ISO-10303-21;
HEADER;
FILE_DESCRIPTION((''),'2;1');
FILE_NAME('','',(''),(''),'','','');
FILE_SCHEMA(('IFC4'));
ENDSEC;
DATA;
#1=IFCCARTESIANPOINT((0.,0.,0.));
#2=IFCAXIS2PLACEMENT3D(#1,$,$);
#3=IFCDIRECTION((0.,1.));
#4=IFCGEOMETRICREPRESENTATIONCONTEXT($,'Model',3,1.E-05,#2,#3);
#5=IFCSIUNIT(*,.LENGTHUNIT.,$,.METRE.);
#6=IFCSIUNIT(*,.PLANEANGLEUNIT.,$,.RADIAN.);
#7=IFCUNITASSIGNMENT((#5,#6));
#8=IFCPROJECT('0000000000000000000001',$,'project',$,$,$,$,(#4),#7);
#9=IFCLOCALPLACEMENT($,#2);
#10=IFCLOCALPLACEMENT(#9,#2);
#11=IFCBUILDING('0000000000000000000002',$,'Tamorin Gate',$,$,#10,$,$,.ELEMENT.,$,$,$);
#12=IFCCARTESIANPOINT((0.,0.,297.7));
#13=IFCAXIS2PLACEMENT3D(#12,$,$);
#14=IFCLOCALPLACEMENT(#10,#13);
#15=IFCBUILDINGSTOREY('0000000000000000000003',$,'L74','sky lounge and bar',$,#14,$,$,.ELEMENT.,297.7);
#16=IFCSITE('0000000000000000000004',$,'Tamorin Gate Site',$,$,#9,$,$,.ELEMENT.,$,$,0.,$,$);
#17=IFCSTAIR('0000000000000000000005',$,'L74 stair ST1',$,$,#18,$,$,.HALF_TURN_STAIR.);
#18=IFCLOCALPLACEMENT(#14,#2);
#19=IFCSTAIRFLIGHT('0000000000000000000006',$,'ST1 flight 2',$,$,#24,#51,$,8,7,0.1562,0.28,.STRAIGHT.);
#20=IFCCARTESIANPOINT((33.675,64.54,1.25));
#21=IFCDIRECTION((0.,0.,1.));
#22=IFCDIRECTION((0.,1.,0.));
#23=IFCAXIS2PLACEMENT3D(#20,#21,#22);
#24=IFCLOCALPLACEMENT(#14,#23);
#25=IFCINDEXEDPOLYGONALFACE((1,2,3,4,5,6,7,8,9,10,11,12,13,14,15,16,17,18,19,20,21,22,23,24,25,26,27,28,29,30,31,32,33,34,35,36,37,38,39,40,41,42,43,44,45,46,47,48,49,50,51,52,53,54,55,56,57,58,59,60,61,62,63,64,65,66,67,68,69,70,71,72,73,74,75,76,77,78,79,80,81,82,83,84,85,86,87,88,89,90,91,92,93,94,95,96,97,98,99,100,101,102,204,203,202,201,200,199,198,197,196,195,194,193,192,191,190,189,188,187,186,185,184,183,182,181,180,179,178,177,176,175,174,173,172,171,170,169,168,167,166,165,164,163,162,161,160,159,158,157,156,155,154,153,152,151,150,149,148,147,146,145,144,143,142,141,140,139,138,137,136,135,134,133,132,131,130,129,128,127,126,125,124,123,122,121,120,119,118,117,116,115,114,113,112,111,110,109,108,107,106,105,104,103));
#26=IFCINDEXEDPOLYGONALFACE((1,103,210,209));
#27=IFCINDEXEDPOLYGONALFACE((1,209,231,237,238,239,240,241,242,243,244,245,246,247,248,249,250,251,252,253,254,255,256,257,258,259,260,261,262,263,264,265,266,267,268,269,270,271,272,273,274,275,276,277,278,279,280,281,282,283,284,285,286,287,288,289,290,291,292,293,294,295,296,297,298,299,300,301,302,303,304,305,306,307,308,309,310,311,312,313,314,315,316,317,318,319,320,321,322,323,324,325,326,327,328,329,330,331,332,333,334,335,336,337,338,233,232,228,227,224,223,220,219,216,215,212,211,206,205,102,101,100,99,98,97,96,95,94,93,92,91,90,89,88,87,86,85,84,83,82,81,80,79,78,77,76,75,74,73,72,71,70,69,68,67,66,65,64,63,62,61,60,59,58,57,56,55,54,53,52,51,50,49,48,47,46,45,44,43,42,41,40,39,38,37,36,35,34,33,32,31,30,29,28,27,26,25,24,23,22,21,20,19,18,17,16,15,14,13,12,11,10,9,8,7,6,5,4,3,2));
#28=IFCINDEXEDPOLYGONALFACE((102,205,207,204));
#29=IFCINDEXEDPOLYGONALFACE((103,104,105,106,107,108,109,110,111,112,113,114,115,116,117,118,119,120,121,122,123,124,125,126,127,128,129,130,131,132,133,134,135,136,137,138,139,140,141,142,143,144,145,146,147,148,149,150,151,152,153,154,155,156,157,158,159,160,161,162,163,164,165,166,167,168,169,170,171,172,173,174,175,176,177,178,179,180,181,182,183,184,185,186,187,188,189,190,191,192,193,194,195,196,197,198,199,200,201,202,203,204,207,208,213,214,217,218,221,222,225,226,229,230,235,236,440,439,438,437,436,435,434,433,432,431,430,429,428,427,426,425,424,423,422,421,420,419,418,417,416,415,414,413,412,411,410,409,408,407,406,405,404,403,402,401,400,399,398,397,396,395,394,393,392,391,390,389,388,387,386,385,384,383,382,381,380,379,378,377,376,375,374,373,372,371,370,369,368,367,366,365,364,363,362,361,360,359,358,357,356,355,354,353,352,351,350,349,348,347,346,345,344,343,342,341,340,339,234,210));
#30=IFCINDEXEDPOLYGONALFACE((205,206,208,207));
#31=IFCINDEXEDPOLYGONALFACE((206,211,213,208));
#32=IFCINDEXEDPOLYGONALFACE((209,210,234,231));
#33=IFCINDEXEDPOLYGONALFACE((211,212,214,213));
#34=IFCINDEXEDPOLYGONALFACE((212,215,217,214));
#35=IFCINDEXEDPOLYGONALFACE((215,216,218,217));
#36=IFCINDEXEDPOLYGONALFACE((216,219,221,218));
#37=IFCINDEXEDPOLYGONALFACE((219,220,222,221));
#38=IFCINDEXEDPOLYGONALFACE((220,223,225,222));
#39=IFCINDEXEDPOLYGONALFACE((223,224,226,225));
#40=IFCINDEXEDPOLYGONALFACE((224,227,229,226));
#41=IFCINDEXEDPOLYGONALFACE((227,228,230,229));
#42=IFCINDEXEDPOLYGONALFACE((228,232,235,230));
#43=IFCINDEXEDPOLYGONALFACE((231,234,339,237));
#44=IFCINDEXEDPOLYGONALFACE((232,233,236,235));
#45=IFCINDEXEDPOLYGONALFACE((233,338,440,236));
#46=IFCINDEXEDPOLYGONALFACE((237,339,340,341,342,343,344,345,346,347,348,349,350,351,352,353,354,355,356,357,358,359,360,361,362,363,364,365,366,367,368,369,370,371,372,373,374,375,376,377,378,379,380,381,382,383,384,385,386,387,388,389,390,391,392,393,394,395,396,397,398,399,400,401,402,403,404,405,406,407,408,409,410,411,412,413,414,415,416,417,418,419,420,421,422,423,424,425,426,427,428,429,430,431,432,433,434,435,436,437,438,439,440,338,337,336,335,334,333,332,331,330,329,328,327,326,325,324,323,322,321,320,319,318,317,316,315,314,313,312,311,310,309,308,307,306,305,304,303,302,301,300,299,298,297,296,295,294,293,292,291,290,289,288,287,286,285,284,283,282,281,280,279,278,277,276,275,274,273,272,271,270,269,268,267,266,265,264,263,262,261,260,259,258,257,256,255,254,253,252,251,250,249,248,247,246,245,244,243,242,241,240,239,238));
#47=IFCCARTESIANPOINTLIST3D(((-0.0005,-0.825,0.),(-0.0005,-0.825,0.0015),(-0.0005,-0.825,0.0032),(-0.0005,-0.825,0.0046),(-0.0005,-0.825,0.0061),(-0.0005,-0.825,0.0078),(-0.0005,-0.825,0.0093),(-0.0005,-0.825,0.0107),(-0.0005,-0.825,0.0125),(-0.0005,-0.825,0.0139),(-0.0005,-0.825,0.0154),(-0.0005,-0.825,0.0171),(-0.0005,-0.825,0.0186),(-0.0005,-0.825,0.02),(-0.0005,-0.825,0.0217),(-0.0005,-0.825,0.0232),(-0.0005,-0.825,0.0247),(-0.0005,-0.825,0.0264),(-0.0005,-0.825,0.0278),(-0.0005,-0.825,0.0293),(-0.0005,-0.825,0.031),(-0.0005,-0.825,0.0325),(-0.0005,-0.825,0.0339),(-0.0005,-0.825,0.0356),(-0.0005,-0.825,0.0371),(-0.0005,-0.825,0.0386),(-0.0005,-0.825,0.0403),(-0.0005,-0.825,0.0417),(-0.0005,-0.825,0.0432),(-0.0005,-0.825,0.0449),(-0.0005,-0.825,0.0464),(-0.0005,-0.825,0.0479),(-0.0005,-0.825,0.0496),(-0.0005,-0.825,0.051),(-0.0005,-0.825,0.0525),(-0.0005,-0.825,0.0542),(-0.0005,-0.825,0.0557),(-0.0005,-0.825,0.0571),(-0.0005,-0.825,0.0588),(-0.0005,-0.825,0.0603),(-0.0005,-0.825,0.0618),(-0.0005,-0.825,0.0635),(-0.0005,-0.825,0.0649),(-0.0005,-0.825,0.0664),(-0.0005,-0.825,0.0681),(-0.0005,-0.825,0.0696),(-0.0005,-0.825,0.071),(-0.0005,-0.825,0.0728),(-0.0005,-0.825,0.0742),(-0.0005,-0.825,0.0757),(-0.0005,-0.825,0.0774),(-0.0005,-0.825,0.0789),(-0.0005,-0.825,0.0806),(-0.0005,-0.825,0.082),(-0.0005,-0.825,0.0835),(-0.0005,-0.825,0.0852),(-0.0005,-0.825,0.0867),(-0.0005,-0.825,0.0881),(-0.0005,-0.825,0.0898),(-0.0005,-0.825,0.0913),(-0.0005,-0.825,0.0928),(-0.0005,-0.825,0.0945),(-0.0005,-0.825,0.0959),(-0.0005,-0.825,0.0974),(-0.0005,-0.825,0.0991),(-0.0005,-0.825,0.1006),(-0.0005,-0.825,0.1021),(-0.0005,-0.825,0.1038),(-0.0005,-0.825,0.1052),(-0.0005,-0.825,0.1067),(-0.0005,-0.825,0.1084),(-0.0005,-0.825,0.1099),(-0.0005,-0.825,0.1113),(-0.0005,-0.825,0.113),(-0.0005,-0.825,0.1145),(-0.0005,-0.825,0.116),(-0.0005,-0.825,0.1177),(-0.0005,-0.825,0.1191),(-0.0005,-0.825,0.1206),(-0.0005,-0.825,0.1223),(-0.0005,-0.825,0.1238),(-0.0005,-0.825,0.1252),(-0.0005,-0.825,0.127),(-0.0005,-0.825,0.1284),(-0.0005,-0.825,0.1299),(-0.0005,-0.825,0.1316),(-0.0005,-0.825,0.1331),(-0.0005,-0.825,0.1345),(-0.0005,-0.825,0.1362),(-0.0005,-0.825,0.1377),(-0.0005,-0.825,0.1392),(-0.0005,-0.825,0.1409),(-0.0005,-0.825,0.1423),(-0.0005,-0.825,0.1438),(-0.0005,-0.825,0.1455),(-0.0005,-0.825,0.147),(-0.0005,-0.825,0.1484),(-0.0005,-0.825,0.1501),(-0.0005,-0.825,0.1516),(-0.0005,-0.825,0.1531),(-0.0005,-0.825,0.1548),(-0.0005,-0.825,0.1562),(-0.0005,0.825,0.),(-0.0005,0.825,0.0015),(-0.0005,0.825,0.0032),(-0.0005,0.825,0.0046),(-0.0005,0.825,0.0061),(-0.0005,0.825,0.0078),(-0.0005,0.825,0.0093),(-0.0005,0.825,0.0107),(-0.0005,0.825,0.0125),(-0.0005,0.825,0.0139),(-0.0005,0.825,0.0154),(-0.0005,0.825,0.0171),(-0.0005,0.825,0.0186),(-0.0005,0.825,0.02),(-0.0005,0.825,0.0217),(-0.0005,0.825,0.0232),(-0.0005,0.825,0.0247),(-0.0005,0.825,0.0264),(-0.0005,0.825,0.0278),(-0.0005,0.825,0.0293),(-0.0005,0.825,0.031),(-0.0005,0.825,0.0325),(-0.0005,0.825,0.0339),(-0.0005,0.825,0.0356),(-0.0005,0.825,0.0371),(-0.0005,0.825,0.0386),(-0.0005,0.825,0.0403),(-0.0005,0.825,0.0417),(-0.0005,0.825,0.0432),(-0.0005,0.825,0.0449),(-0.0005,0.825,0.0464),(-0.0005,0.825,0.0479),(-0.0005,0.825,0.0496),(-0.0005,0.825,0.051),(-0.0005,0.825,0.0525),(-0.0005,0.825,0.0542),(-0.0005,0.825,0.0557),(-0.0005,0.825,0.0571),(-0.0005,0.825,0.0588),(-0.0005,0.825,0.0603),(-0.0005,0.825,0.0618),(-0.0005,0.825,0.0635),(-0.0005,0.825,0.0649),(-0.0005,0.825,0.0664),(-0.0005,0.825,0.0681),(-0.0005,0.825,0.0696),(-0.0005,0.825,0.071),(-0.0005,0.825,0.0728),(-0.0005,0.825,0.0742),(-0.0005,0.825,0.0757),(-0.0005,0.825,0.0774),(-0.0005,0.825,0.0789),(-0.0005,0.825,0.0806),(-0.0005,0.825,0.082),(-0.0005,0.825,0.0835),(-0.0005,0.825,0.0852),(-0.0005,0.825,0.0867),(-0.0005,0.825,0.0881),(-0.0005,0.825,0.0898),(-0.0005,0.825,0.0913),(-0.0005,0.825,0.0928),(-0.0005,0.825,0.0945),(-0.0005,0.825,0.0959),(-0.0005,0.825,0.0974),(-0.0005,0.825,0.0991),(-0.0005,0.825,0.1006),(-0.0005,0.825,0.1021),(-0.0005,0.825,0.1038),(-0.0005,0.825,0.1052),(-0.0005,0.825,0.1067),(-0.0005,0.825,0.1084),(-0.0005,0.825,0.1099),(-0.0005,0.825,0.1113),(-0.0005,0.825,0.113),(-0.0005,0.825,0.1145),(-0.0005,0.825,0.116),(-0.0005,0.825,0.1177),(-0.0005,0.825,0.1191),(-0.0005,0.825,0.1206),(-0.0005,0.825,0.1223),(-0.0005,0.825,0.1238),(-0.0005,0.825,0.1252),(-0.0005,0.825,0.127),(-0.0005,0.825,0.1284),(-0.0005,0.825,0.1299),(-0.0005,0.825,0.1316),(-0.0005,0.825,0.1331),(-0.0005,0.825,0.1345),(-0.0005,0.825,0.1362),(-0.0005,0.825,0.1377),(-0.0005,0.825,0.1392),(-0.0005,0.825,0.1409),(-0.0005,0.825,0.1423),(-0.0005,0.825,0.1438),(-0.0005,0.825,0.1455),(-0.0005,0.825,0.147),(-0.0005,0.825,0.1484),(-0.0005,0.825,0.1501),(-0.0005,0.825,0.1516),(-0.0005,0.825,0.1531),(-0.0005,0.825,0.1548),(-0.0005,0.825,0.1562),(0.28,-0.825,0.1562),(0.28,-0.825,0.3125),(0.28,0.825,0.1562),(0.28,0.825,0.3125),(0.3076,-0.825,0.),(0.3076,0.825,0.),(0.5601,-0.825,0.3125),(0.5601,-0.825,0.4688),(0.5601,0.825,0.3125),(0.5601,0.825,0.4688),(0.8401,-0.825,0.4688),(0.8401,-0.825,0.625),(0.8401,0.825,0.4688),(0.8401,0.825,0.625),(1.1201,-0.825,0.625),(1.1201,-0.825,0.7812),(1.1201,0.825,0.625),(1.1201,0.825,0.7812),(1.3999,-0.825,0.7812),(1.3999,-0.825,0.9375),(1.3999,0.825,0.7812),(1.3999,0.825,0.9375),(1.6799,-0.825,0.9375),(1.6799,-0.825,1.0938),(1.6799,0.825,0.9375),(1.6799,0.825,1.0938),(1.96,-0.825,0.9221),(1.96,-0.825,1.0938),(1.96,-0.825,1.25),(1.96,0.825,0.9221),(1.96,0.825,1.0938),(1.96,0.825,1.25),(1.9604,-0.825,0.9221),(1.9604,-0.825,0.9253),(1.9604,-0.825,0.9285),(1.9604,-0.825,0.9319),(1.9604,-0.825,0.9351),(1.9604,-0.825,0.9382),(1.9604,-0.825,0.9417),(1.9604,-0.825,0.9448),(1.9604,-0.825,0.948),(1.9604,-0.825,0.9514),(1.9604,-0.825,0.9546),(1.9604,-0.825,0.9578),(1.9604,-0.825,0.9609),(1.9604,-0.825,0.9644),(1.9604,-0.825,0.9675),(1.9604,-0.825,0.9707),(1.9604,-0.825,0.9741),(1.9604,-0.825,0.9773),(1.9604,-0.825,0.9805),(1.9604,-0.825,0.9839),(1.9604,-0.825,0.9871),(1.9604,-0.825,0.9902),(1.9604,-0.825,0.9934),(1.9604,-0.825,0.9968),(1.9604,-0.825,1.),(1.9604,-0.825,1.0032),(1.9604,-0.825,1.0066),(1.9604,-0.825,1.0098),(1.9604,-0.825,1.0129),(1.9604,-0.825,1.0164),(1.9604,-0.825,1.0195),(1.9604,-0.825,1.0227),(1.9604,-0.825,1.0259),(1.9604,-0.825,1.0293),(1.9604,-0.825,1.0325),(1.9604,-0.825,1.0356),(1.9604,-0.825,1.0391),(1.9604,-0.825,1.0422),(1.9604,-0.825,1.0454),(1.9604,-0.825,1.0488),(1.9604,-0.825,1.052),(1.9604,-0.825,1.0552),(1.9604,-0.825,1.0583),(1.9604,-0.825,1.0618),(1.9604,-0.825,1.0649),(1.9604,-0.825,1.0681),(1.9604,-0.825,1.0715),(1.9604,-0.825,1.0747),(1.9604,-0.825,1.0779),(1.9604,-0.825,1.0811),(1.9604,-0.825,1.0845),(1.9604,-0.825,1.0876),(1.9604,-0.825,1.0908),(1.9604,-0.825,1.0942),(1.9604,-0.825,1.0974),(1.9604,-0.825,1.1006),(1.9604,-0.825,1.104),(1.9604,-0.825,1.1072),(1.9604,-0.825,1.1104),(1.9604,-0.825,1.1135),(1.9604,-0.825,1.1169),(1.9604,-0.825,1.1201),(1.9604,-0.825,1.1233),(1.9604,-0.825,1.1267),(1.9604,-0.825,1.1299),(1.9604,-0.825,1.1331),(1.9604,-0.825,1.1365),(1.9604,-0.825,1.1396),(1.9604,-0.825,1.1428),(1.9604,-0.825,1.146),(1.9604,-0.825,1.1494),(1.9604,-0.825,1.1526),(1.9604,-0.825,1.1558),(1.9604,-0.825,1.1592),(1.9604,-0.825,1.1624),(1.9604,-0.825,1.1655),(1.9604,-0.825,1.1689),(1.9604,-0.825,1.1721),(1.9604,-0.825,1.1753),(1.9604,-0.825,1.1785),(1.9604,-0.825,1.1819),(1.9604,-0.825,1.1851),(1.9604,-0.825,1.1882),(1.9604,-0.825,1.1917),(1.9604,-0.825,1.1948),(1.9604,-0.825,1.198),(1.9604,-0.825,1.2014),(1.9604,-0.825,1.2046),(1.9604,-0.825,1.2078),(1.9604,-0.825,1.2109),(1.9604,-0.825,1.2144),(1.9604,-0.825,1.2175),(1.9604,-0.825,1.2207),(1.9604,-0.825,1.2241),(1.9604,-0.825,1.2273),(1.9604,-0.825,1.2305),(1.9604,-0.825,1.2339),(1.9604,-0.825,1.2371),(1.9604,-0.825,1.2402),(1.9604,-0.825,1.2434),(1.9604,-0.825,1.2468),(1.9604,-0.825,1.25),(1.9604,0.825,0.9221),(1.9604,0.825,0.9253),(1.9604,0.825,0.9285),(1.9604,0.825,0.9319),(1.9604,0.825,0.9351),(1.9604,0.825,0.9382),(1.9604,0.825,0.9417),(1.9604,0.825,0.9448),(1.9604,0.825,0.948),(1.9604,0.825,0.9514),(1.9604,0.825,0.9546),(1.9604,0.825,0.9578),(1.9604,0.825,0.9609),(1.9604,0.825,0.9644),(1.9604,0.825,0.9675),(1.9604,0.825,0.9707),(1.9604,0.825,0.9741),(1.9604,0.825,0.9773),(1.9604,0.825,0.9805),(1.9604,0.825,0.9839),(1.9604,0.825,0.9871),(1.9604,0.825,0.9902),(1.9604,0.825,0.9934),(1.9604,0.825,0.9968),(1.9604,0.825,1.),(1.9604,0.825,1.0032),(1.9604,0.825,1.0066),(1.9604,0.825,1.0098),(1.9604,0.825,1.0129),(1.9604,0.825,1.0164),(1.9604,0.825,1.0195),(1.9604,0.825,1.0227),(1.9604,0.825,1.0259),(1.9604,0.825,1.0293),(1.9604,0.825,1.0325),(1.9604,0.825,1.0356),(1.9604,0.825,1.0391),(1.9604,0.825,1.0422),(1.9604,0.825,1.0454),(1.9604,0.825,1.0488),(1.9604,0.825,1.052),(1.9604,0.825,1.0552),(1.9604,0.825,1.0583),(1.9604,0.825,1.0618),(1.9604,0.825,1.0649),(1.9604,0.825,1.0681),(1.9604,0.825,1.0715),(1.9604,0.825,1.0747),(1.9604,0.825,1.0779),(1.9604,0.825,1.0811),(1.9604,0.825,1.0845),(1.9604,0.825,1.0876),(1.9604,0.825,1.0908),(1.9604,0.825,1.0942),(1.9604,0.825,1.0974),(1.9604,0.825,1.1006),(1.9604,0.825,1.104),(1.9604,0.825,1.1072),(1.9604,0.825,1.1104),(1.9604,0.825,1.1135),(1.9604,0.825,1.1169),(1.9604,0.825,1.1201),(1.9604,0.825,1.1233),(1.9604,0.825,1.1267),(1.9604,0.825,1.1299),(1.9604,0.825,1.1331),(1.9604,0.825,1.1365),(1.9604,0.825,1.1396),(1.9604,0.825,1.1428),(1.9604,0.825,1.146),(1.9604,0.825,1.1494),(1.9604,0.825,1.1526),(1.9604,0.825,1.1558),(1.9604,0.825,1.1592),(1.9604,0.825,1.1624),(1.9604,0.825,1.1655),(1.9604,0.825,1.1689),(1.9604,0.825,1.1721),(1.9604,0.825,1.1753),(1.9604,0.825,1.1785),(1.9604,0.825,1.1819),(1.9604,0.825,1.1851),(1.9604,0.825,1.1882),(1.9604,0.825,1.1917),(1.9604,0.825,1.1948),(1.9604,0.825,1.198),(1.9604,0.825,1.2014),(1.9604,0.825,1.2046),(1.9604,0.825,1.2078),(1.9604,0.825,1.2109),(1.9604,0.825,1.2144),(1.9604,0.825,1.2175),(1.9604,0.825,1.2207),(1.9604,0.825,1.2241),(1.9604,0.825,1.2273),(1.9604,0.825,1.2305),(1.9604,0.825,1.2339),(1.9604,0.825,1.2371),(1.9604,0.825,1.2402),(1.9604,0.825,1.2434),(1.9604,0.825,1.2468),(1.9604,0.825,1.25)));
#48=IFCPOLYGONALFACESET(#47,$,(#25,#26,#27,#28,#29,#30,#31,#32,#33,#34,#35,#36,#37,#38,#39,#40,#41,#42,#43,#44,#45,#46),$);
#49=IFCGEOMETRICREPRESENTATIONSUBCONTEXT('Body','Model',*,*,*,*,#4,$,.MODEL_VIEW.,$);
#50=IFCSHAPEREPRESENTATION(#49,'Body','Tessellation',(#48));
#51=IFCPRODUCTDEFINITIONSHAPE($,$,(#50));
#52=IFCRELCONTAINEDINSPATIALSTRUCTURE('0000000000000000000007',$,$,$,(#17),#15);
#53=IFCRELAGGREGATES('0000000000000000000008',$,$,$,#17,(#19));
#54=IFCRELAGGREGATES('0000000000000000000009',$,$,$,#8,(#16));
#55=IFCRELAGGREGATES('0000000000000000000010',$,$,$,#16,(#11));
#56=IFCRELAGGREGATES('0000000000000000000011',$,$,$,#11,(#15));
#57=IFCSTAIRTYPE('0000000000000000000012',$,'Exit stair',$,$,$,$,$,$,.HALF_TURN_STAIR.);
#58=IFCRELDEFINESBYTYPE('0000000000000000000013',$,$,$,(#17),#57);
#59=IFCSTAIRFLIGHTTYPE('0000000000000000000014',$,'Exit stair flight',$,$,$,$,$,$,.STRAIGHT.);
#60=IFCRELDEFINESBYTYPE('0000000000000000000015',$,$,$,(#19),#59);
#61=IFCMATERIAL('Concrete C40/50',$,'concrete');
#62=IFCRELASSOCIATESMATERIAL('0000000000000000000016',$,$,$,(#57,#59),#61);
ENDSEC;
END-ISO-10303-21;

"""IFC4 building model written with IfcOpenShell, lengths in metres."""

from ifc_helpers import new_model, si_unit, direction, frame, origin, place, context, subcontext, project, spatial, polyline, outline, extrude, material, type_object, element, aggregate, save


model = new_model("IFC4")

# Units and contexts
model_context = context("Model", 3, precision=1e-05, world=origin(), true_north=direction((0.0, 1.0)))
body_context = subcontext(model_context, "Body", "Model", "MODEL_VIEW")
ifc_project = project(units=[si_unit("LENGTHUNIT", "METRE"), si_unit("PLANEANGLEUNIT", "RADIAN")], contexts=[model_context])

# Site, building, storey
site_placement = place(None, origin())
site = spatial("IfcSite", under=ifc_project, at=site_placement, Name="Tamorin Gate Site", CompositionType="ELEMENT", RefElevation=0.0)
building_placement = place(site_placement, origin())
building = spatial("IfcBuilding", under=site, at=building_placement, Name="Tamorin Gate", CompositionType="ELEMENT")
storey_placement = place(building_placement, frame((0.0, 0.0, 297.7)))
storey = spatial("IfcBuildingStorey", under=building, at=storey_placement, Name="L74", Description="sky lounge and bar", CompositionType="ELEMENT", Elevation=297.7)

# Stair, stair flight
ifc_material_1 = material(Name="Concrete C40/50", Category="concrete")
stair_type = type_object("IfcStairType", Name="Exit stair", PredefinedType="HALF_TURN_STAIR", material=ifc_material_1)
stair_placement = place(storey_placement, origin())
stair = element("IfcStair", 1, at=stair_placement, inside=storey, type_object=stair_type, Name="L74 stair ST1", PredefinedType="HALF_TURN_STAIR")
stair_flight_type = type_object("IfcStairFlightType", Name="Exit stair flight", PredefinedType="STRAIGHT", material=ifc_material_1)
stair_flight_1_placement = place(storey_placement, frame((33.675, 64.54, 1.25), z_axis=(0.0, 0.0, 1.0), x_axis=(0.0, 1.0, 0.0)))
stair_flight_1 = element("IfcStairFlight", 2, at=stair_flight_1_placement, type_object=stair_flight_type, Name="ST1 flight 2", NumberOfRisers=8, NumberOfTreads=7, PredefinedType="STRAIGHT", RiserHeight=0.1562, TreadLength=0.28, context=body_context, shape_type="SweptSolid", body=[
    extrude(outline(polyline([(-0.0005, 0.0), (-0.0005, 0.0015), (-0.0005, 0.0032), (-0.0005, 0.0046), (-0.0005, 0.0061), (-0.0005, 0.0078), (-0.0005, 0.0093), (-0.0005, 0.0107), (-0.0005, 0.0125), (-0.0005, 0.0139), (-0.0005, 0.0154), (-0.0005, 0.0171), (-0.0005, 0.0186), (-0.0005, 0.02), (-0.0005, 0.0217), (-0.0005, 0.0232), (-0.0005, 0.0247), (-0.0005, 0.0264), (-0.0005, 0.0278), (-0.0005, 0.0293), (-0.0005, 0.031), (-0.0005, 0.0325), (-0.0005, 0.0339), (-0.0005, 0.0356), (-0.0005, 0.0371), (-0.0005, 0.0386), (-0.0005, 0.0403), (-0.0005, 0.0417), (-0.0005, 0.0432), (-0.0005, 0.0449), (-0.0005, 0.0464), (-0.0005, 0.0479), (-0.0005, 0.0496), (-0.0005, 0.051), (-0.0005, 0.0525), (-0.0005, 0.0542), (-0.0005, 0.0557), (-0.0005, 0.0571), (-0.0005, 0.0588), (-0.0005, 0.0603), (-0.0005, 0.0618), (-0.0005, 0.0635), (-0.0005, 0.0649), (-0.0005, 0.0664), (-0.0005, 0.0681), (-0.0005, 0.0696), (-0.0005, 0.071), (-0.0005, 0.0728), (-0.0005, 0.0742), (-0.0005, 0.0757), (-0.0005, 0.0774), (-0.0005, 0.0789), (-0.0005, 0.0806), (-0.0005, 0.082), (-0.0005, 0.0835), (-0.0005, 0.0852), (-0.0005, 0.0867), (-0.0005, 0.0881), (-0.0005, 0.0898), (-0.0005, 0.0913), (-0.0005, 0.0928), (-0.0005, 0.0945), (-0.0005, 0.0959), (-0.0005, 0.0974), (-0.0005, 0.0991), (-0.0005, 0.1006), (-0.0005, 0.1021), (-0.0005, 0.1038), (-0.0005, 0.1052), (-0.0005, 0.1067), (-0.0005, 0.1084), (-0.0005, 0.1099), (-0.0005, 0.1113), (-0.0005, 0.113), (-0.0005, 0.1145), (-0.0005, 0.116), (-0.0005, 0.1177), (-0.0005, 0.1191), (-0.0005, 0.1206), (-0.0005, 0.1223), (-0.0005, 0.1238), (-0.0005, 0.1252), (-0.0005, 0.127), (-0.0005, 0.1284), (-0.0005, 0.1299), (-0.0005, 0.1316), (-0.0005, 0.1331), (-0.0005, 0.1345), (-0.0005, 0.1362), (-0.0005, 0.1377), (-0.0005, 0.1392), (-0.0005, 0.1409), (-0.0005, 0.1423), (-0.0005, 0.1438), (-0.0005, 0.1455), (-0.0005, 0.147), (-0.0005, 0.1484), (-0.0005, 0.1501), (-0.0005, 0.1516), (-0.0005, 0.1531), (-0.0005, 0.1548), (-0.0005, 0.1562), (0.28, 0.1562), (0.28, 0.3125), (0.5601, 0.3125), (0.5601, 0.4688), (0.8401, 0.4688), (0.8401, 0.625), (1.1201, 0.625), (1.1201, 0.7812), (1.3999, 0.7812), (1.3999, 0.9375), (1.6799, 0.9375), (1.6799, 1.0938), (1.96, 1.0938), (1.96, 1.25), (1.9604, 1.25), (1.9604, 1.2468), (1.9604, 1.2434), (1.9604, 1.2402), (1.9604, 1.2371), (1.9604, 1.2339), (1.9604, 1.2305), (1.9604, 1.2273), (1.9604, 1.2241), (1.9604, 1.2207), (1.9604, 1.2175), (1.9604, 1.2144), (1.9604, 1.2109), (1.9604, 1.2078), (1.9604, 1.2046), (1.9604, 1.2014), (1.9604, 1.198), (1.9604, 1.1948), (1.9604, 1.1917), (1.9604, 1.1882), (1.9604, 1.1851), (1.9604, 1.1819), (1.9604, 1.1785), (1.9604, 1.1753), (1.9604, 1.1721), (1.9604, 1.1689), (1.9604, 1.1655), (1.9604, 1.1624), (1.9604, 1.1592), (1.9604, 1.1558), (1.9604, 1.1526), (1.9604, 1.1494), (1.9604, 1.146), (1.9604, 1.1428), (1.9604, 1.1396), (1.9604, 1.1365), (1.9604, 1.1331), (1.9604, 1.1299), (1.9604, 1.1267), (1.9604, 1.1233), (1.9604, 1.1201), (1.9604, 1.1169), (1.9604, 1.1135), (1.9604, 1.1104), (1.9604, 1.1072), (1.9604, 1.104), (1.9604, 1.1006), (1.9604, 1.0974), (1.9604, 1.0942), (1.9604, 1.0908), (1.9604, 1.0876), (1.9604, 1.0845), (1.9604, 1.0811), (1.9604, 1.0779), (1.9604, 1.0747), (1.9604, 1.0715), (1.9604, 1.0681), (1.9604, 1.0649), (1.9604, 1.0618), (1.9604, 1.0583), (1.9604, 1.0552), (1.9604, 1.052), (1.9604, 1.0488), (1.9604, 1.0454), (1.9604, 1.0422), (1.9604, 1.0391), (1.9604, 1.0356), (1.9604, 1.0325), (1.9604, 1.0293), (1.9604, 1.0259), (1.9604, 1.0227), (1.9604, 1.0195), (1.9604, 1.0164), (1.9604, 1.0129), (1.9604, 1.0098), (1.9604, 1.0066), (1.9604, 1.0032), (1.9604, 1.0), (1.9604, 0.9968), (1.9604, 0.9934), (1.9604, 0.9902), (1.9604, 0.9871), (1.9604, 0.9839), (1.9604, 0.9805), (1.9604, 0.9773), (1.9604, 0.9741), (1.9604, 0.9707), (1.9604, 0.9675), (1.9604, 0.9644), (1.9604, 0.9609), (1.9604, 0.9578), (1.9604, 0.9546), (1.9604, 0.9514), (1.9604, 0.948), (1.9604, 0.9448), (1.9604, 0.9417), (1.9604, 0.9382), (1.9604, 0.9351), (1.9604, 0.9319), (1.9604, 0.9285), (1.9604, 0.9253), (1.9604, 0.9221), (1.96, 0.9221), (0.3076, 0.0), (-0.0005, 0.0)])), frame((0.0, 0.825, 0.0), z_axis=(0.0, -1.0, 0.0), x_axis=(1.0, 0.0, 0.0)), (0.0, 0.0, 1.0), 1.6499),
])
aggregate(stair, [stair_flight_1])

save(model, "model.ifc")
